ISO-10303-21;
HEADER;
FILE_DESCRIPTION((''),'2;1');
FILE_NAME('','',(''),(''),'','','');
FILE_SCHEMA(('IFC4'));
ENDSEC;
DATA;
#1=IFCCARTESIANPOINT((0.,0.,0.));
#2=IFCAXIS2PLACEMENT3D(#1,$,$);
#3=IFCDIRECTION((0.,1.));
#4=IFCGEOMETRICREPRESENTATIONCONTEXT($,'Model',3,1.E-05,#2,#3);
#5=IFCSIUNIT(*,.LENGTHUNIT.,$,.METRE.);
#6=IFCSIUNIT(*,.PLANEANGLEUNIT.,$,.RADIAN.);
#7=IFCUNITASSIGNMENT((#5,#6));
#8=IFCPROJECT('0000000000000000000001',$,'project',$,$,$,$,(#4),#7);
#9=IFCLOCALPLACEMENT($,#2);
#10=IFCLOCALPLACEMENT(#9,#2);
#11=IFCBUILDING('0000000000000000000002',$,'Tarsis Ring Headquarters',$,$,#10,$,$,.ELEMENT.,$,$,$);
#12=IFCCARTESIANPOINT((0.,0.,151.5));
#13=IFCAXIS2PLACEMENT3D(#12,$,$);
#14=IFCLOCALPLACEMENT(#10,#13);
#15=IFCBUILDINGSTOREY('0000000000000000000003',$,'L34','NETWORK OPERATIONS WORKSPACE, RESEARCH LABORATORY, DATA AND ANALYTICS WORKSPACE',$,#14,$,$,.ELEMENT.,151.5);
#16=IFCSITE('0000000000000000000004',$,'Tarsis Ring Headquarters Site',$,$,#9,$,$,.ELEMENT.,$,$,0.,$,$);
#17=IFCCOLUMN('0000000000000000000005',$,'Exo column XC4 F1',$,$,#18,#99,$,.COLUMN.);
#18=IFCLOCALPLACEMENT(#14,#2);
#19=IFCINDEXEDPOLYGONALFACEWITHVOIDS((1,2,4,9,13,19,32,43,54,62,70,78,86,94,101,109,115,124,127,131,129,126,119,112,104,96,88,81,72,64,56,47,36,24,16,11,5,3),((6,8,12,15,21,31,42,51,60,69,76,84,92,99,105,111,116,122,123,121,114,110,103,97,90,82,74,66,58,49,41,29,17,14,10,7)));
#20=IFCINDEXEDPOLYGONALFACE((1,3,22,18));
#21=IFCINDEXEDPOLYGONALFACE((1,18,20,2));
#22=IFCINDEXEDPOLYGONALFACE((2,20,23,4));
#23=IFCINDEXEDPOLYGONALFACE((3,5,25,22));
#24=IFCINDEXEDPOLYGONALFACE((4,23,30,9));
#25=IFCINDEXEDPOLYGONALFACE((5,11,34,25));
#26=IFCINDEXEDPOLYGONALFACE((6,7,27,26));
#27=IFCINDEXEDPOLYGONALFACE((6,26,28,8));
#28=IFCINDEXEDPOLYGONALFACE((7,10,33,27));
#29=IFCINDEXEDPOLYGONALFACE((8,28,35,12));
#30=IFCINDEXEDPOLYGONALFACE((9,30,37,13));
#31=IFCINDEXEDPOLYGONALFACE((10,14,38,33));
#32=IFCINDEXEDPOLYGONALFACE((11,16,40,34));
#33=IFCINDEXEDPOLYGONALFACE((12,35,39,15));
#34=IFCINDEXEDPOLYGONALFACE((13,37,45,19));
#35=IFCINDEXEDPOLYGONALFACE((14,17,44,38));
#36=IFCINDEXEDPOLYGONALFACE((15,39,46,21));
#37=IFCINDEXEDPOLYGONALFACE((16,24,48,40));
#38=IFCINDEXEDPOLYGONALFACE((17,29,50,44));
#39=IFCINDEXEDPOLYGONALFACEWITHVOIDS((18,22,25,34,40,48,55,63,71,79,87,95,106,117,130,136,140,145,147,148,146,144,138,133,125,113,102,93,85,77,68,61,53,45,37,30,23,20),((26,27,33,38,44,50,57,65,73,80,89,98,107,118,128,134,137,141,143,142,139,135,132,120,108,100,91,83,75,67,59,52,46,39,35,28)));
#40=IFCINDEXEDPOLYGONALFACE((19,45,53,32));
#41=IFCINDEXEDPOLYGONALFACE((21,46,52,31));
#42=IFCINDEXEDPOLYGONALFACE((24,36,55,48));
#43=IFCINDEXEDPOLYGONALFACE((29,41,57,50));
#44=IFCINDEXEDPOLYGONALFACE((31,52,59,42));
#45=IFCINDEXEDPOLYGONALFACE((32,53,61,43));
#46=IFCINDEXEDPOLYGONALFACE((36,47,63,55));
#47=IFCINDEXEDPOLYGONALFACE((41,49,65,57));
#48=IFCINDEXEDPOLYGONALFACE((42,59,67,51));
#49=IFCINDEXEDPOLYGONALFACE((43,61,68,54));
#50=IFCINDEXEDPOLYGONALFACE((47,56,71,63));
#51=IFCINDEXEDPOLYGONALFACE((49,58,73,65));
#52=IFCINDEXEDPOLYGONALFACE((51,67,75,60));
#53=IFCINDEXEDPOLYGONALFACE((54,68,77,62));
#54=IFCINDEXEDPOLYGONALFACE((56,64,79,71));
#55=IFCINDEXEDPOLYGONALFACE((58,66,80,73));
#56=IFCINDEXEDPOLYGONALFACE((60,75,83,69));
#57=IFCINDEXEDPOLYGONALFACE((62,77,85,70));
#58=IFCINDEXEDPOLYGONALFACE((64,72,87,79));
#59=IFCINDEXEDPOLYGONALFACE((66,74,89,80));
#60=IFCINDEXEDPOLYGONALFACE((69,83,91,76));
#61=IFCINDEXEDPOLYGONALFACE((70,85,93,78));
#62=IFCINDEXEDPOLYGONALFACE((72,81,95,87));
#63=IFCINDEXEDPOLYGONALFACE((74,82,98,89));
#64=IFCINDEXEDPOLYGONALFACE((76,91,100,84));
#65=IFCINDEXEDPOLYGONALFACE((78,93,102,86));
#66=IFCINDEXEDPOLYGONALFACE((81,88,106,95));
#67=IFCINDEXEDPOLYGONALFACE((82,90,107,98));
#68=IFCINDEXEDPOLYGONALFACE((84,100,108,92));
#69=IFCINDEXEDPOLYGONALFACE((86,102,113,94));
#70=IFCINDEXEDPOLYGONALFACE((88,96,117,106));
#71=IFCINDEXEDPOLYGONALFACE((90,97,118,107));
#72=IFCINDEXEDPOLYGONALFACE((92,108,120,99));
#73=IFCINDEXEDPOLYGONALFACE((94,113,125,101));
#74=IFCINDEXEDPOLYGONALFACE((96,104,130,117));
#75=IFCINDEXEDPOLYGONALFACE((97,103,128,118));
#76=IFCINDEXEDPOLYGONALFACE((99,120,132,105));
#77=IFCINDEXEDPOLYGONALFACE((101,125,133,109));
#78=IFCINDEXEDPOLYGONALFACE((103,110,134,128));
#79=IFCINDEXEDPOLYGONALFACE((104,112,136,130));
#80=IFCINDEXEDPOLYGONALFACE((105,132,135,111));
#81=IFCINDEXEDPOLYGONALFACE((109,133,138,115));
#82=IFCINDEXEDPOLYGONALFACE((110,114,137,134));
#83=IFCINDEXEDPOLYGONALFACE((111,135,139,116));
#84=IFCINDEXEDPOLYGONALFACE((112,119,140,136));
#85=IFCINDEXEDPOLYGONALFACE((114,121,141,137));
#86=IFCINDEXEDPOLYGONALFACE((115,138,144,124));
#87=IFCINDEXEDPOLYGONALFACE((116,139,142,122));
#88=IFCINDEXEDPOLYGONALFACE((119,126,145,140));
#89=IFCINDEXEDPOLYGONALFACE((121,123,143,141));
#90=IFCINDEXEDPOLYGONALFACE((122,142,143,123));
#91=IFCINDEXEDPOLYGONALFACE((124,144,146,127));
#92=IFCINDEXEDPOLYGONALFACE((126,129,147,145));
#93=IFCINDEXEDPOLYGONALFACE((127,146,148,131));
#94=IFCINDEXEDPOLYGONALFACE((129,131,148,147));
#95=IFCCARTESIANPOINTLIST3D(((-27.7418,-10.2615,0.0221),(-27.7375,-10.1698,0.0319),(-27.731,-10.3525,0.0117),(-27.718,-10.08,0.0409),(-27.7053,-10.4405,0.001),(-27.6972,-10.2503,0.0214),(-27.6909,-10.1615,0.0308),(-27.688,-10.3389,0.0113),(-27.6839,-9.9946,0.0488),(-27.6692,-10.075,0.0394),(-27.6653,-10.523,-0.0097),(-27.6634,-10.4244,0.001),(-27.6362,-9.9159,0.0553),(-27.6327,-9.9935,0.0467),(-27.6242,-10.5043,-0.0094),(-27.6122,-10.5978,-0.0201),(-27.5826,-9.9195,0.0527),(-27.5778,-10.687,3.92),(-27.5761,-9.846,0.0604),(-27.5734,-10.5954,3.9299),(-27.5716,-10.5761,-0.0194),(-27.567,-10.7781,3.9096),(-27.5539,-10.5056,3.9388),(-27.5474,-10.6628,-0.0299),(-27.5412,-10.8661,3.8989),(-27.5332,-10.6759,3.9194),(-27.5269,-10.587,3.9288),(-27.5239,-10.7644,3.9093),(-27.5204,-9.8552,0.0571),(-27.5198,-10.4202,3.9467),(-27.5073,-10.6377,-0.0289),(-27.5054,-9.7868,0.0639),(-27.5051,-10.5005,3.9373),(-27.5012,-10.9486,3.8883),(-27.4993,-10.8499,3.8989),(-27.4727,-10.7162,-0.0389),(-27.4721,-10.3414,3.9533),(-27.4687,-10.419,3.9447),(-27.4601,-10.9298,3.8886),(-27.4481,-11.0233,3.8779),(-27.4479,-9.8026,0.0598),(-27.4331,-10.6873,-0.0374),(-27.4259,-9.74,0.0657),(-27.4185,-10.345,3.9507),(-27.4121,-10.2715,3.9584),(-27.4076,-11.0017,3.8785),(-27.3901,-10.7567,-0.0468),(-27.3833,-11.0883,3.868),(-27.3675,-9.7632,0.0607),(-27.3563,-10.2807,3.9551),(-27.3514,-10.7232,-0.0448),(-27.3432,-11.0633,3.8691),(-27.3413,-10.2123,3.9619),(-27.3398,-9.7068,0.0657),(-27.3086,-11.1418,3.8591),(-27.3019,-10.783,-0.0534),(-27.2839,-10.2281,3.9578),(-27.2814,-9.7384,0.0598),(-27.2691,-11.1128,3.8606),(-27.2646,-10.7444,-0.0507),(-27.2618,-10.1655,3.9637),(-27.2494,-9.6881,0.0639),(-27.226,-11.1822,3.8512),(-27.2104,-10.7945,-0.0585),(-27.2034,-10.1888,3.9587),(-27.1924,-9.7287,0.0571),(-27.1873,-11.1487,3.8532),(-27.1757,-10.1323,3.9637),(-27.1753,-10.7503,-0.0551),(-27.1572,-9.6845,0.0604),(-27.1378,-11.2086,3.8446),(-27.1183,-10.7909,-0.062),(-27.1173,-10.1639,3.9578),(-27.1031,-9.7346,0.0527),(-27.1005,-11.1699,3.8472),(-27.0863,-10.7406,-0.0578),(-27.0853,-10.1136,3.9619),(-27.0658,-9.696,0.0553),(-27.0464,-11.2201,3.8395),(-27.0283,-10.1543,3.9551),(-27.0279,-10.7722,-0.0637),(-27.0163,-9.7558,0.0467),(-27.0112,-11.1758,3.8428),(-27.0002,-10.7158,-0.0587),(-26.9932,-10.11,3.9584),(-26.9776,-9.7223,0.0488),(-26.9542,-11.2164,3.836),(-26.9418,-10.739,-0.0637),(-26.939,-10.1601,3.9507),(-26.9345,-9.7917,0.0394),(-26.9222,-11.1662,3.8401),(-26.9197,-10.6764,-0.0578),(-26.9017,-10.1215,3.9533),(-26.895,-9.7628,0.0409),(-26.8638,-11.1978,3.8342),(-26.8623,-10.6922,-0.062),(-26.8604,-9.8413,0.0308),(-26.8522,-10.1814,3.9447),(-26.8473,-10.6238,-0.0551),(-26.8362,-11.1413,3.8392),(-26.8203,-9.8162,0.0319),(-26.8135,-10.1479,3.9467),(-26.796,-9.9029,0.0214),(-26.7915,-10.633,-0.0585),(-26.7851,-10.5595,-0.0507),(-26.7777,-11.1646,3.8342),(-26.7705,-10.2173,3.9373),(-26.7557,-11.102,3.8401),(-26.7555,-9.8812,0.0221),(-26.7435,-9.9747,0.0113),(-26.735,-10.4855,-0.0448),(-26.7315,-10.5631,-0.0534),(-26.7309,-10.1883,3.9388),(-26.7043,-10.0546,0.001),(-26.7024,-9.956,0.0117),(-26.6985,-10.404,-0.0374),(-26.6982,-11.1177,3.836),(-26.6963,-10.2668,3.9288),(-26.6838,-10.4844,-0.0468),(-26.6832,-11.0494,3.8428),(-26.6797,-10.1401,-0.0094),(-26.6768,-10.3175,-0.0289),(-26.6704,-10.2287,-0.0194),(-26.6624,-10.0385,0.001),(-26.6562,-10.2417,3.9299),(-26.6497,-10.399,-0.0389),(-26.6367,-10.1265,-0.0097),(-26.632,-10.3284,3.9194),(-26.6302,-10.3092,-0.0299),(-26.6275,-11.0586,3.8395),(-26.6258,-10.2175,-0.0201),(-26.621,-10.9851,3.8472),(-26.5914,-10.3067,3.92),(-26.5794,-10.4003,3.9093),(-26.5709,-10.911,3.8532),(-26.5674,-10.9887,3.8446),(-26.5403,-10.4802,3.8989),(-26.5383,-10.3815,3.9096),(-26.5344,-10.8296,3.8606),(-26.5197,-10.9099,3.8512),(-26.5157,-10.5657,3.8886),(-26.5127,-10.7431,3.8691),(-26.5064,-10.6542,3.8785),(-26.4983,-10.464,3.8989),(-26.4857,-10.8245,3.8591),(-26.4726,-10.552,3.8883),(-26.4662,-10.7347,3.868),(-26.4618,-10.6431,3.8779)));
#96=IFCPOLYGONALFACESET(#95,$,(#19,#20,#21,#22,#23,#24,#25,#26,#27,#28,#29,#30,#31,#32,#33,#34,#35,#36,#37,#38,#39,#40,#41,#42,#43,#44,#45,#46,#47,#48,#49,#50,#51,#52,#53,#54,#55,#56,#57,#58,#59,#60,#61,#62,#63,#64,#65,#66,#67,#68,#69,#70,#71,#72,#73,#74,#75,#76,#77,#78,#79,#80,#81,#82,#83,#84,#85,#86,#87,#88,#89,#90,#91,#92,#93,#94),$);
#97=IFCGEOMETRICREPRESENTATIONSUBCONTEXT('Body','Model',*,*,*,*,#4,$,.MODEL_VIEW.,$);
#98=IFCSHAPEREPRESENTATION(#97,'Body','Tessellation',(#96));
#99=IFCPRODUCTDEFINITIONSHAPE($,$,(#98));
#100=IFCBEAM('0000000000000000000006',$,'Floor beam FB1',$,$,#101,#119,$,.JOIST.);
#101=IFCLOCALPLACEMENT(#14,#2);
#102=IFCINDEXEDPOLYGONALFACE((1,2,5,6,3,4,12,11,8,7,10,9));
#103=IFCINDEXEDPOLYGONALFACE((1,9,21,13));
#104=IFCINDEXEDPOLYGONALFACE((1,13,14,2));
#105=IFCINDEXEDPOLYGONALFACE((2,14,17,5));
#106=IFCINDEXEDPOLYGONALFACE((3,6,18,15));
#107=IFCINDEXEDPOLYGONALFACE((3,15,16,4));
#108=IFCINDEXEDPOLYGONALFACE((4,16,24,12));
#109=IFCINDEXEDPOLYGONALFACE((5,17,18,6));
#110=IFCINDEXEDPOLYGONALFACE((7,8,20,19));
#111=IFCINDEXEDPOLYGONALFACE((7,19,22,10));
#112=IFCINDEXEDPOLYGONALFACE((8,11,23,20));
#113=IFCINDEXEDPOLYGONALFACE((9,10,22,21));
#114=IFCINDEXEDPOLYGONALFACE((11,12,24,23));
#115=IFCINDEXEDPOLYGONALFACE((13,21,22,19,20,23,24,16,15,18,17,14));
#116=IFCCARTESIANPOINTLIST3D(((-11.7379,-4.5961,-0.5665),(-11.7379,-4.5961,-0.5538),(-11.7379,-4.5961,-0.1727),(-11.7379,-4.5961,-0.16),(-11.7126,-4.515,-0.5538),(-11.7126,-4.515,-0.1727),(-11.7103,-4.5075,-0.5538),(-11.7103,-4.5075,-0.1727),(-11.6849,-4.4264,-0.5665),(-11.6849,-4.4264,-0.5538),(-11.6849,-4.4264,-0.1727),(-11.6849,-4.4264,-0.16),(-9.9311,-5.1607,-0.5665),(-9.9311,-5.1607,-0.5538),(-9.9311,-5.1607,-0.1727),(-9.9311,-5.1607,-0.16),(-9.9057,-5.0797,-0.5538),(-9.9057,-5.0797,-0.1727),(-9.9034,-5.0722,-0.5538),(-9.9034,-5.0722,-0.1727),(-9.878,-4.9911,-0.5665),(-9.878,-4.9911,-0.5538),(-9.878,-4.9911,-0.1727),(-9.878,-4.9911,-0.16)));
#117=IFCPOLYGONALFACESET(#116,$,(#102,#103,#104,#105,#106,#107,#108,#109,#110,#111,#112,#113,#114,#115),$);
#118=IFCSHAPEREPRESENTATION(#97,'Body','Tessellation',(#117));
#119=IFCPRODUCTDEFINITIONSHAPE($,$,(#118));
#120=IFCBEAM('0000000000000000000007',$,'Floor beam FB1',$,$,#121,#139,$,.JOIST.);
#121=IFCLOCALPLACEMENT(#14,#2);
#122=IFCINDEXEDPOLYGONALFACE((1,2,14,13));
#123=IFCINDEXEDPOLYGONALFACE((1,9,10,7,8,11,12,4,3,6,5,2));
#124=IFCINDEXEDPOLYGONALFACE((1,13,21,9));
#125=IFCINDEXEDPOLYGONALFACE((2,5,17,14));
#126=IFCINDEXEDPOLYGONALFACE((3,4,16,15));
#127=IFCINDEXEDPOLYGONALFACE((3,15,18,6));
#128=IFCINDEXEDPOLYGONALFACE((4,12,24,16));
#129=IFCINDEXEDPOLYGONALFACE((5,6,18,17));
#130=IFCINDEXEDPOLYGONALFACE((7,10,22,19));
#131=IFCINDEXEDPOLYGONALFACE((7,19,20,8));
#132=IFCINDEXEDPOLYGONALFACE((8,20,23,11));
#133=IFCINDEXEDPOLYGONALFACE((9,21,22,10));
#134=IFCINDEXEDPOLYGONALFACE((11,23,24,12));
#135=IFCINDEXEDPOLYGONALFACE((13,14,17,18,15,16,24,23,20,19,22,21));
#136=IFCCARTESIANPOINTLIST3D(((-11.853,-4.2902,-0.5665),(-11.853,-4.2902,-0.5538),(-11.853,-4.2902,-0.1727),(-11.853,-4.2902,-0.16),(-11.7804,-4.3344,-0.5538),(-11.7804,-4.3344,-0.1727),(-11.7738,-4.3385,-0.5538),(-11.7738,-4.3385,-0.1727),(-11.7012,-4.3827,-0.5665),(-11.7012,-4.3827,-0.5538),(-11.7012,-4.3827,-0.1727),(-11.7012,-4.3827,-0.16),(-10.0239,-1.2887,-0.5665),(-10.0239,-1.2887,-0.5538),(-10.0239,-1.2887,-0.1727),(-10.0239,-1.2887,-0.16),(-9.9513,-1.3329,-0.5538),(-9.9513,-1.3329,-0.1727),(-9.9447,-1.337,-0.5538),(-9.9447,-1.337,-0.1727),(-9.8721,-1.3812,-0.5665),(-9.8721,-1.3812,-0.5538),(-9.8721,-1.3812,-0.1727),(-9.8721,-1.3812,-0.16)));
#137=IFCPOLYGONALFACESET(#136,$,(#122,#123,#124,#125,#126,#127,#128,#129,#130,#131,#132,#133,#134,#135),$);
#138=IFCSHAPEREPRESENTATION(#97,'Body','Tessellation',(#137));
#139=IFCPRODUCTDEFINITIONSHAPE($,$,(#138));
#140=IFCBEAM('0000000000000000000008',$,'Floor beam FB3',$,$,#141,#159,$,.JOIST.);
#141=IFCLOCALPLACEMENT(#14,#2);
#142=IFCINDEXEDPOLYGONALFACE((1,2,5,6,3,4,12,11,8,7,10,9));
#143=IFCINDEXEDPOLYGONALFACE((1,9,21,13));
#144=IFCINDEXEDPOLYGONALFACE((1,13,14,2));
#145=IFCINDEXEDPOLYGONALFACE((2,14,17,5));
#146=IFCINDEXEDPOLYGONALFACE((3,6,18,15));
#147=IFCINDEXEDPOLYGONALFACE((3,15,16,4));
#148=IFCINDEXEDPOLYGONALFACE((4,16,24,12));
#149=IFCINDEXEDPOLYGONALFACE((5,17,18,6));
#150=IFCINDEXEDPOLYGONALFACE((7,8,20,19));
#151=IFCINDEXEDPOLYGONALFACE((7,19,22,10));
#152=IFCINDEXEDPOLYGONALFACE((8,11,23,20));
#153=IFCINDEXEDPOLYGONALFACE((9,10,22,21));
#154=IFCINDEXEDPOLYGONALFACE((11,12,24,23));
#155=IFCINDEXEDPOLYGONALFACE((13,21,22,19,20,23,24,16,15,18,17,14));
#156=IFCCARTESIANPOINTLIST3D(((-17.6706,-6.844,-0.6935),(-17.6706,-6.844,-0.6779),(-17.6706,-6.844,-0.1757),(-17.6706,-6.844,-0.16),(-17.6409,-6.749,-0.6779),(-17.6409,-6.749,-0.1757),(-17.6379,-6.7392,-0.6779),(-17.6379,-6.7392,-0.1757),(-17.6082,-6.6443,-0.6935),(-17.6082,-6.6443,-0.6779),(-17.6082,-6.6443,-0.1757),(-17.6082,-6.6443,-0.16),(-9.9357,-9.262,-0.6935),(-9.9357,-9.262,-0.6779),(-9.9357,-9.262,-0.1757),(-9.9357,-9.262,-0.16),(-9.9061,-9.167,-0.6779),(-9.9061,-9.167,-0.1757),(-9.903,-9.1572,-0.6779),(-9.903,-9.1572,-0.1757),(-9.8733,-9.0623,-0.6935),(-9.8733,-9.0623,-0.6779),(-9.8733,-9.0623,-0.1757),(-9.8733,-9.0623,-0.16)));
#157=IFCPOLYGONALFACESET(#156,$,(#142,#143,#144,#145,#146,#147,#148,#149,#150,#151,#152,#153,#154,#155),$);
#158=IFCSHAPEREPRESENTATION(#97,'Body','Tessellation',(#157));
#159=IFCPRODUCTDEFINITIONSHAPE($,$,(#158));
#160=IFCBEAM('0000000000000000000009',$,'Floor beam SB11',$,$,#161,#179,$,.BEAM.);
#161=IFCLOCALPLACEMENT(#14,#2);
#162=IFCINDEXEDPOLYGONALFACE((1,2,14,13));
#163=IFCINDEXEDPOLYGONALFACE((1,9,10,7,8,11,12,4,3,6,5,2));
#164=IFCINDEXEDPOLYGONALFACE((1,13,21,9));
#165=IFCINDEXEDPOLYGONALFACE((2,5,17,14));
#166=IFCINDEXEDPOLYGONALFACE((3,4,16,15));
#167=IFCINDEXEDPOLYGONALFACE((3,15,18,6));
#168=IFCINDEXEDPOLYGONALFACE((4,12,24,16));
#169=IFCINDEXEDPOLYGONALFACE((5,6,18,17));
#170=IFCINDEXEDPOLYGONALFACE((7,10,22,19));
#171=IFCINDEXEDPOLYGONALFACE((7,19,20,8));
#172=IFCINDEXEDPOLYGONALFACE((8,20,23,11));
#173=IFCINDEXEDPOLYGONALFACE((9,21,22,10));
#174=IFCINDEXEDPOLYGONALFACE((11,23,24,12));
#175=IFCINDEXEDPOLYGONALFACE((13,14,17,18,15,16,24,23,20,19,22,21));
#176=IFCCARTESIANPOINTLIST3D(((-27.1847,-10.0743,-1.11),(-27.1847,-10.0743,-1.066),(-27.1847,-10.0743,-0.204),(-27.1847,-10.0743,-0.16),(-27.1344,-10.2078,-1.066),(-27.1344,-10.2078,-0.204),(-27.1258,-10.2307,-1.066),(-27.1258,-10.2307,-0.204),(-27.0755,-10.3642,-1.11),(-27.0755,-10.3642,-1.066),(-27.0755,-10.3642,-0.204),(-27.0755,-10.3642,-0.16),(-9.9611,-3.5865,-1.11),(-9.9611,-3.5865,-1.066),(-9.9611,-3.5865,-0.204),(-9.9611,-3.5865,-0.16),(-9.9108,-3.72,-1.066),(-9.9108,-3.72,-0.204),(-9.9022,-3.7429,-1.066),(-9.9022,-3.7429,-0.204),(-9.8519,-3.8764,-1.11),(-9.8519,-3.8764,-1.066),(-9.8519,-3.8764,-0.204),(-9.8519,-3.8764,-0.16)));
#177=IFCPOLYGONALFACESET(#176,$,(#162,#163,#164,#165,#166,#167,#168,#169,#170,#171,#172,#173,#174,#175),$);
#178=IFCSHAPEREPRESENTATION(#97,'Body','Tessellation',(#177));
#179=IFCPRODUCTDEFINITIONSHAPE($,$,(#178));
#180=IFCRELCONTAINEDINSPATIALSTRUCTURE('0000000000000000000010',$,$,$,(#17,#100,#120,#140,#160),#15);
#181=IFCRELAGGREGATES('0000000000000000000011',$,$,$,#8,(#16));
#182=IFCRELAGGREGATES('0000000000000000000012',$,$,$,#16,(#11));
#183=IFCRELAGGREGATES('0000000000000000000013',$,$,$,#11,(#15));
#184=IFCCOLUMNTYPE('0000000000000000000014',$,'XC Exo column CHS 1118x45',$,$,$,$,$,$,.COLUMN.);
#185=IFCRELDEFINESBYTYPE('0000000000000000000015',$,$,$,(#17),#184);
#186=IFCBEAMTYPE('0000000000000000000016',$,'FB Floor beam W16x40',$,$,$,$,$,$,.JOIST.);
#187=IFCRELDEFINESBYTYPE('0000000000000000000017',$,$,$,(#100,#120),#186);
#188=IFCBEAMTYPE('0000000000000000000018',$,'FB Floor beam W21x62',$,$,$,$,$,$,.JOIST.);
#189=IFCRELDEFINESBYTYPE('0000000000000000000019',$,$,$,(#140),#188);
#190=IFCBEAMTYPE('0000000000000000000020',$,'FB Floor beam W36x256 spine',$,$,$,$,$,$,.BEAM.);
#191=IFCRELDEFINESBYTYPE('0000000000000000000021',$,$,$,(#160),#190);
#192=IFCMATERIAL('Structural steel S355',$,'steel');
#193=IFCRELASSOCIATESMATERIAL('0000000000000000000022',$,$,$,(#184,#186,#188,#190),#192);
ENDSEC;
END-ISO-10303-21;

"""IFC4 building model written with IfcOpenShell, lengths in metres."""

from ifc_helpers import new_model, si_unit, direction, frame, origin, origin_2d, place, context, subcontext, project, spatial, hollow_circle, i_section, extrude, material, material_profile, profile_set, type_object, element, save


model = new_model("IFC4")

# Units and contexts
model_context = context("Model", 3, precision=1e-05, world=origin(), true_north=direction((0.0, 1.0)))
body_context = subcontext(model_context, "Body", "Model", "MODEL_VIEW")
ifc_project = project(units=[si_unit("LENGTHUNIT", "METRE"), si_unit("PLANEANGLEUNIT", "RADIAN")], contexts=[model_context])

# Site, building, storey
site_placement = place(None, origin())
site = spatial("IfcSite", under=ifc_project, at=site_placement, Name="Tarsis Ring Headquarters Site", CompositionType="ELEMENT", RefElevation=0.0)
building_placement = place(site_placement, origin())
building = spatial("IfcBuilding", under=site, at=building_placement, Name="Tarsis Ring Headquarters", CompositionType="ELEMENT")
storey_placement = place(building_placement, frame((0.0, 0.0, 151.5)))
storey = spatial("IfcBuildingStorey", under=building, at=storey_placement, Name="L34", Description="NETWORK OPERATIONS WORKSPACE, RESEARCH LABORATORY, DATA AND ANALYTICS WORKSPACE", CompositionType="ELEMENT", Elevation=151.5)

# Column
ifc_material_1 = material(Name="Structural steel S355", Category="steel")
ifc_material_profile_1 = material_profile(ifc_material_1, hollow_circle(Radius=0.5588, WallThickness=0.0449, at=origin_2d()), Name="CHS 1118x45")
ifc_profile_set_1 = profile_set([ifc_material_profile_1], Name="Structural steel S355")
column_type = type_object("IfcColumnType", Name="XC Exo column CHS 1118x45", PredefinedType="COLUMN", material=ifc_profile_set_1)
column_placement = place(storey_placement, frame((-27.1838, -10.2395, 0.001), z_axis=(0.041804, -0.10843, 0.993225), x_axis=(0.933056, 0.359732, 0.0)))
element("IfcColumn", 1, at=column_placement, inside=storey, type_object=column_type, Name="Exo column XC4 F1", PredefinedType="COLUMN", context=body_context, shape_type="SweptSolid", body=[
    extrude(hollow_circle(Radius=0.5588, WallThickness=0.0449, at=origin_2d()), origin(), (0.0, 0.0, 1.0), 3.9246),
])

# Beams
ifc_material_profile_2 = material_profile(ifc_material_1, i_section(OverallWidth=0.1777, OverallDepth=0.4065, WebThickness=0.0078, FlangeThickness=0.0127, at=origin_2d()), Name="W16x40")
ifc_profile_set_2 = profile_set([ifc_material_profile_2], Name="Structural steel S355")
beam_type_1 = type_object("IfcBeamType", Name="FB Floor beam W16x40", PredefinedType="JOIST", material=ifc_profile_set_2)
beam_1_placement = place(storey_placement, frame((-11.7114, -4.5112, -0.3633), z_axis=(0.954473, -0.298297, 0.0), x_axis=(0.298297, 0.954473, 0.0)))
element("IfcBeam", 2, at=beam_1_placement, inside=storey, type_object=beam_type_1, Name="Floor beam FB1", PredefinedType="JOIST", context=body_context, shape_type="SweptSolid", body=[
    extrude(i_section(OverallWidth=0.1777, OverallDepth=0.4065, WebThickness=0.0078, FlangeThickness=0.0127, at=origin_2d()), origin(), (0.0, 0.0, 1.0), 1.8931),
])
beam_2_placement = place(storey_placement, frame((-9.948, -1.335, -0.3633), z_axis=(-0.520388, -0.85393, 0.0), x_axis=(0.85393, -0.520388, 0.0)))
element("IfcBeam", 3, at=beam_2_placement, inside=storey, type_object=beam_type_1, Name="Floor beam FB1", PredefinedType="JOIST", context=body_context, shape_type="SweptSolid", body=[
    extrude(i_section(OverallWidth=0.1777, OverallDepth=0.4065, WebThickness=0.0078, FlangeThickness=0.0127, at=origin_2d()), origin(), (0.0, 0.0, 1.0), 3.5149),
])
ifc_material_profile_3 = material_profile(ifc_material_1, i_section(OverallWidth=0.2092, OverallDepth=0.5334, WebThickness=0.0103, FlangeThickness=0.0156, at=origin_2d()), Name="W21x62")
ifc_profile_set_3 = profile_set([ifc_material_profile_3], Name="Structural steel S355")
beam_type_2 = type_object("IfcBeamType", Name="FB Floor beam W21x62", PredefinedType="JOIST", material=ifc_profile_set_3)
beam_3_placement = place(storey_placement, frame((-17.6394, -6.7441, -0.4268), z_axis=(0.954451, -0.298368, 0.0), x_axis=(0.298368, 0.954451, 0.0)))
element("IfcBeam", 4, at=beam_3_placement, inside=storey, type_object=beam_type_2, Name="Floor beam FB3", PredefinedType="JOIST", context=body_context, shape_type="SweptSolid", body=[
    extrude(i_section(OverallWidth=0.2092, OverallDepth=0.5334, WebThickness=0.0103, FlangeThickness=0.0156, at=origin_2d()), origin(), (0.0, 0.0, 1.0), 8.104),
])
ifc_material_profile_4 = material_profile(ifc_material_1, i_section(OverallWidth=0.3098, OverallDepth=0.95, WebThickness=0.0244, FlangeThickness=0.0439, at=origin_2d()), Name="W36x256")
ifc_profile_set_4 = profile_set([ifc_material_profile_4], Name="Structural steel S355")
beam_type_3 = type_object("IfcBeamType", Name="FB Floor beam W36x256 spine", PredefinedType="BEAM", material=ifc_profile_set_4)
beam_4_placement = place(storey_placement, frame((-9.9065, -3.7314, -0.635), z_axis=(-0.935811, -0.352501, 0.0), x_axis=(0.352501, -0.935811, 0.0)))
element("IfcBeam", 5, at=beam_4_placement, inside=storey, type_object=beam_type_3, Name="Floor beam SB11", PredefinedType="BEAM", context=body_context, shape_type="SweptSolid", body=[
    extrude(i_section(OverallWidth=0.3098, OverallDepth=0.95, WebThickness=0.0244, FlangeThickness=0.0439, at=origin_2d()), origin(), (0.0, 0.0, 1.0), 18.405),
])

save(model, "model.ifc")
